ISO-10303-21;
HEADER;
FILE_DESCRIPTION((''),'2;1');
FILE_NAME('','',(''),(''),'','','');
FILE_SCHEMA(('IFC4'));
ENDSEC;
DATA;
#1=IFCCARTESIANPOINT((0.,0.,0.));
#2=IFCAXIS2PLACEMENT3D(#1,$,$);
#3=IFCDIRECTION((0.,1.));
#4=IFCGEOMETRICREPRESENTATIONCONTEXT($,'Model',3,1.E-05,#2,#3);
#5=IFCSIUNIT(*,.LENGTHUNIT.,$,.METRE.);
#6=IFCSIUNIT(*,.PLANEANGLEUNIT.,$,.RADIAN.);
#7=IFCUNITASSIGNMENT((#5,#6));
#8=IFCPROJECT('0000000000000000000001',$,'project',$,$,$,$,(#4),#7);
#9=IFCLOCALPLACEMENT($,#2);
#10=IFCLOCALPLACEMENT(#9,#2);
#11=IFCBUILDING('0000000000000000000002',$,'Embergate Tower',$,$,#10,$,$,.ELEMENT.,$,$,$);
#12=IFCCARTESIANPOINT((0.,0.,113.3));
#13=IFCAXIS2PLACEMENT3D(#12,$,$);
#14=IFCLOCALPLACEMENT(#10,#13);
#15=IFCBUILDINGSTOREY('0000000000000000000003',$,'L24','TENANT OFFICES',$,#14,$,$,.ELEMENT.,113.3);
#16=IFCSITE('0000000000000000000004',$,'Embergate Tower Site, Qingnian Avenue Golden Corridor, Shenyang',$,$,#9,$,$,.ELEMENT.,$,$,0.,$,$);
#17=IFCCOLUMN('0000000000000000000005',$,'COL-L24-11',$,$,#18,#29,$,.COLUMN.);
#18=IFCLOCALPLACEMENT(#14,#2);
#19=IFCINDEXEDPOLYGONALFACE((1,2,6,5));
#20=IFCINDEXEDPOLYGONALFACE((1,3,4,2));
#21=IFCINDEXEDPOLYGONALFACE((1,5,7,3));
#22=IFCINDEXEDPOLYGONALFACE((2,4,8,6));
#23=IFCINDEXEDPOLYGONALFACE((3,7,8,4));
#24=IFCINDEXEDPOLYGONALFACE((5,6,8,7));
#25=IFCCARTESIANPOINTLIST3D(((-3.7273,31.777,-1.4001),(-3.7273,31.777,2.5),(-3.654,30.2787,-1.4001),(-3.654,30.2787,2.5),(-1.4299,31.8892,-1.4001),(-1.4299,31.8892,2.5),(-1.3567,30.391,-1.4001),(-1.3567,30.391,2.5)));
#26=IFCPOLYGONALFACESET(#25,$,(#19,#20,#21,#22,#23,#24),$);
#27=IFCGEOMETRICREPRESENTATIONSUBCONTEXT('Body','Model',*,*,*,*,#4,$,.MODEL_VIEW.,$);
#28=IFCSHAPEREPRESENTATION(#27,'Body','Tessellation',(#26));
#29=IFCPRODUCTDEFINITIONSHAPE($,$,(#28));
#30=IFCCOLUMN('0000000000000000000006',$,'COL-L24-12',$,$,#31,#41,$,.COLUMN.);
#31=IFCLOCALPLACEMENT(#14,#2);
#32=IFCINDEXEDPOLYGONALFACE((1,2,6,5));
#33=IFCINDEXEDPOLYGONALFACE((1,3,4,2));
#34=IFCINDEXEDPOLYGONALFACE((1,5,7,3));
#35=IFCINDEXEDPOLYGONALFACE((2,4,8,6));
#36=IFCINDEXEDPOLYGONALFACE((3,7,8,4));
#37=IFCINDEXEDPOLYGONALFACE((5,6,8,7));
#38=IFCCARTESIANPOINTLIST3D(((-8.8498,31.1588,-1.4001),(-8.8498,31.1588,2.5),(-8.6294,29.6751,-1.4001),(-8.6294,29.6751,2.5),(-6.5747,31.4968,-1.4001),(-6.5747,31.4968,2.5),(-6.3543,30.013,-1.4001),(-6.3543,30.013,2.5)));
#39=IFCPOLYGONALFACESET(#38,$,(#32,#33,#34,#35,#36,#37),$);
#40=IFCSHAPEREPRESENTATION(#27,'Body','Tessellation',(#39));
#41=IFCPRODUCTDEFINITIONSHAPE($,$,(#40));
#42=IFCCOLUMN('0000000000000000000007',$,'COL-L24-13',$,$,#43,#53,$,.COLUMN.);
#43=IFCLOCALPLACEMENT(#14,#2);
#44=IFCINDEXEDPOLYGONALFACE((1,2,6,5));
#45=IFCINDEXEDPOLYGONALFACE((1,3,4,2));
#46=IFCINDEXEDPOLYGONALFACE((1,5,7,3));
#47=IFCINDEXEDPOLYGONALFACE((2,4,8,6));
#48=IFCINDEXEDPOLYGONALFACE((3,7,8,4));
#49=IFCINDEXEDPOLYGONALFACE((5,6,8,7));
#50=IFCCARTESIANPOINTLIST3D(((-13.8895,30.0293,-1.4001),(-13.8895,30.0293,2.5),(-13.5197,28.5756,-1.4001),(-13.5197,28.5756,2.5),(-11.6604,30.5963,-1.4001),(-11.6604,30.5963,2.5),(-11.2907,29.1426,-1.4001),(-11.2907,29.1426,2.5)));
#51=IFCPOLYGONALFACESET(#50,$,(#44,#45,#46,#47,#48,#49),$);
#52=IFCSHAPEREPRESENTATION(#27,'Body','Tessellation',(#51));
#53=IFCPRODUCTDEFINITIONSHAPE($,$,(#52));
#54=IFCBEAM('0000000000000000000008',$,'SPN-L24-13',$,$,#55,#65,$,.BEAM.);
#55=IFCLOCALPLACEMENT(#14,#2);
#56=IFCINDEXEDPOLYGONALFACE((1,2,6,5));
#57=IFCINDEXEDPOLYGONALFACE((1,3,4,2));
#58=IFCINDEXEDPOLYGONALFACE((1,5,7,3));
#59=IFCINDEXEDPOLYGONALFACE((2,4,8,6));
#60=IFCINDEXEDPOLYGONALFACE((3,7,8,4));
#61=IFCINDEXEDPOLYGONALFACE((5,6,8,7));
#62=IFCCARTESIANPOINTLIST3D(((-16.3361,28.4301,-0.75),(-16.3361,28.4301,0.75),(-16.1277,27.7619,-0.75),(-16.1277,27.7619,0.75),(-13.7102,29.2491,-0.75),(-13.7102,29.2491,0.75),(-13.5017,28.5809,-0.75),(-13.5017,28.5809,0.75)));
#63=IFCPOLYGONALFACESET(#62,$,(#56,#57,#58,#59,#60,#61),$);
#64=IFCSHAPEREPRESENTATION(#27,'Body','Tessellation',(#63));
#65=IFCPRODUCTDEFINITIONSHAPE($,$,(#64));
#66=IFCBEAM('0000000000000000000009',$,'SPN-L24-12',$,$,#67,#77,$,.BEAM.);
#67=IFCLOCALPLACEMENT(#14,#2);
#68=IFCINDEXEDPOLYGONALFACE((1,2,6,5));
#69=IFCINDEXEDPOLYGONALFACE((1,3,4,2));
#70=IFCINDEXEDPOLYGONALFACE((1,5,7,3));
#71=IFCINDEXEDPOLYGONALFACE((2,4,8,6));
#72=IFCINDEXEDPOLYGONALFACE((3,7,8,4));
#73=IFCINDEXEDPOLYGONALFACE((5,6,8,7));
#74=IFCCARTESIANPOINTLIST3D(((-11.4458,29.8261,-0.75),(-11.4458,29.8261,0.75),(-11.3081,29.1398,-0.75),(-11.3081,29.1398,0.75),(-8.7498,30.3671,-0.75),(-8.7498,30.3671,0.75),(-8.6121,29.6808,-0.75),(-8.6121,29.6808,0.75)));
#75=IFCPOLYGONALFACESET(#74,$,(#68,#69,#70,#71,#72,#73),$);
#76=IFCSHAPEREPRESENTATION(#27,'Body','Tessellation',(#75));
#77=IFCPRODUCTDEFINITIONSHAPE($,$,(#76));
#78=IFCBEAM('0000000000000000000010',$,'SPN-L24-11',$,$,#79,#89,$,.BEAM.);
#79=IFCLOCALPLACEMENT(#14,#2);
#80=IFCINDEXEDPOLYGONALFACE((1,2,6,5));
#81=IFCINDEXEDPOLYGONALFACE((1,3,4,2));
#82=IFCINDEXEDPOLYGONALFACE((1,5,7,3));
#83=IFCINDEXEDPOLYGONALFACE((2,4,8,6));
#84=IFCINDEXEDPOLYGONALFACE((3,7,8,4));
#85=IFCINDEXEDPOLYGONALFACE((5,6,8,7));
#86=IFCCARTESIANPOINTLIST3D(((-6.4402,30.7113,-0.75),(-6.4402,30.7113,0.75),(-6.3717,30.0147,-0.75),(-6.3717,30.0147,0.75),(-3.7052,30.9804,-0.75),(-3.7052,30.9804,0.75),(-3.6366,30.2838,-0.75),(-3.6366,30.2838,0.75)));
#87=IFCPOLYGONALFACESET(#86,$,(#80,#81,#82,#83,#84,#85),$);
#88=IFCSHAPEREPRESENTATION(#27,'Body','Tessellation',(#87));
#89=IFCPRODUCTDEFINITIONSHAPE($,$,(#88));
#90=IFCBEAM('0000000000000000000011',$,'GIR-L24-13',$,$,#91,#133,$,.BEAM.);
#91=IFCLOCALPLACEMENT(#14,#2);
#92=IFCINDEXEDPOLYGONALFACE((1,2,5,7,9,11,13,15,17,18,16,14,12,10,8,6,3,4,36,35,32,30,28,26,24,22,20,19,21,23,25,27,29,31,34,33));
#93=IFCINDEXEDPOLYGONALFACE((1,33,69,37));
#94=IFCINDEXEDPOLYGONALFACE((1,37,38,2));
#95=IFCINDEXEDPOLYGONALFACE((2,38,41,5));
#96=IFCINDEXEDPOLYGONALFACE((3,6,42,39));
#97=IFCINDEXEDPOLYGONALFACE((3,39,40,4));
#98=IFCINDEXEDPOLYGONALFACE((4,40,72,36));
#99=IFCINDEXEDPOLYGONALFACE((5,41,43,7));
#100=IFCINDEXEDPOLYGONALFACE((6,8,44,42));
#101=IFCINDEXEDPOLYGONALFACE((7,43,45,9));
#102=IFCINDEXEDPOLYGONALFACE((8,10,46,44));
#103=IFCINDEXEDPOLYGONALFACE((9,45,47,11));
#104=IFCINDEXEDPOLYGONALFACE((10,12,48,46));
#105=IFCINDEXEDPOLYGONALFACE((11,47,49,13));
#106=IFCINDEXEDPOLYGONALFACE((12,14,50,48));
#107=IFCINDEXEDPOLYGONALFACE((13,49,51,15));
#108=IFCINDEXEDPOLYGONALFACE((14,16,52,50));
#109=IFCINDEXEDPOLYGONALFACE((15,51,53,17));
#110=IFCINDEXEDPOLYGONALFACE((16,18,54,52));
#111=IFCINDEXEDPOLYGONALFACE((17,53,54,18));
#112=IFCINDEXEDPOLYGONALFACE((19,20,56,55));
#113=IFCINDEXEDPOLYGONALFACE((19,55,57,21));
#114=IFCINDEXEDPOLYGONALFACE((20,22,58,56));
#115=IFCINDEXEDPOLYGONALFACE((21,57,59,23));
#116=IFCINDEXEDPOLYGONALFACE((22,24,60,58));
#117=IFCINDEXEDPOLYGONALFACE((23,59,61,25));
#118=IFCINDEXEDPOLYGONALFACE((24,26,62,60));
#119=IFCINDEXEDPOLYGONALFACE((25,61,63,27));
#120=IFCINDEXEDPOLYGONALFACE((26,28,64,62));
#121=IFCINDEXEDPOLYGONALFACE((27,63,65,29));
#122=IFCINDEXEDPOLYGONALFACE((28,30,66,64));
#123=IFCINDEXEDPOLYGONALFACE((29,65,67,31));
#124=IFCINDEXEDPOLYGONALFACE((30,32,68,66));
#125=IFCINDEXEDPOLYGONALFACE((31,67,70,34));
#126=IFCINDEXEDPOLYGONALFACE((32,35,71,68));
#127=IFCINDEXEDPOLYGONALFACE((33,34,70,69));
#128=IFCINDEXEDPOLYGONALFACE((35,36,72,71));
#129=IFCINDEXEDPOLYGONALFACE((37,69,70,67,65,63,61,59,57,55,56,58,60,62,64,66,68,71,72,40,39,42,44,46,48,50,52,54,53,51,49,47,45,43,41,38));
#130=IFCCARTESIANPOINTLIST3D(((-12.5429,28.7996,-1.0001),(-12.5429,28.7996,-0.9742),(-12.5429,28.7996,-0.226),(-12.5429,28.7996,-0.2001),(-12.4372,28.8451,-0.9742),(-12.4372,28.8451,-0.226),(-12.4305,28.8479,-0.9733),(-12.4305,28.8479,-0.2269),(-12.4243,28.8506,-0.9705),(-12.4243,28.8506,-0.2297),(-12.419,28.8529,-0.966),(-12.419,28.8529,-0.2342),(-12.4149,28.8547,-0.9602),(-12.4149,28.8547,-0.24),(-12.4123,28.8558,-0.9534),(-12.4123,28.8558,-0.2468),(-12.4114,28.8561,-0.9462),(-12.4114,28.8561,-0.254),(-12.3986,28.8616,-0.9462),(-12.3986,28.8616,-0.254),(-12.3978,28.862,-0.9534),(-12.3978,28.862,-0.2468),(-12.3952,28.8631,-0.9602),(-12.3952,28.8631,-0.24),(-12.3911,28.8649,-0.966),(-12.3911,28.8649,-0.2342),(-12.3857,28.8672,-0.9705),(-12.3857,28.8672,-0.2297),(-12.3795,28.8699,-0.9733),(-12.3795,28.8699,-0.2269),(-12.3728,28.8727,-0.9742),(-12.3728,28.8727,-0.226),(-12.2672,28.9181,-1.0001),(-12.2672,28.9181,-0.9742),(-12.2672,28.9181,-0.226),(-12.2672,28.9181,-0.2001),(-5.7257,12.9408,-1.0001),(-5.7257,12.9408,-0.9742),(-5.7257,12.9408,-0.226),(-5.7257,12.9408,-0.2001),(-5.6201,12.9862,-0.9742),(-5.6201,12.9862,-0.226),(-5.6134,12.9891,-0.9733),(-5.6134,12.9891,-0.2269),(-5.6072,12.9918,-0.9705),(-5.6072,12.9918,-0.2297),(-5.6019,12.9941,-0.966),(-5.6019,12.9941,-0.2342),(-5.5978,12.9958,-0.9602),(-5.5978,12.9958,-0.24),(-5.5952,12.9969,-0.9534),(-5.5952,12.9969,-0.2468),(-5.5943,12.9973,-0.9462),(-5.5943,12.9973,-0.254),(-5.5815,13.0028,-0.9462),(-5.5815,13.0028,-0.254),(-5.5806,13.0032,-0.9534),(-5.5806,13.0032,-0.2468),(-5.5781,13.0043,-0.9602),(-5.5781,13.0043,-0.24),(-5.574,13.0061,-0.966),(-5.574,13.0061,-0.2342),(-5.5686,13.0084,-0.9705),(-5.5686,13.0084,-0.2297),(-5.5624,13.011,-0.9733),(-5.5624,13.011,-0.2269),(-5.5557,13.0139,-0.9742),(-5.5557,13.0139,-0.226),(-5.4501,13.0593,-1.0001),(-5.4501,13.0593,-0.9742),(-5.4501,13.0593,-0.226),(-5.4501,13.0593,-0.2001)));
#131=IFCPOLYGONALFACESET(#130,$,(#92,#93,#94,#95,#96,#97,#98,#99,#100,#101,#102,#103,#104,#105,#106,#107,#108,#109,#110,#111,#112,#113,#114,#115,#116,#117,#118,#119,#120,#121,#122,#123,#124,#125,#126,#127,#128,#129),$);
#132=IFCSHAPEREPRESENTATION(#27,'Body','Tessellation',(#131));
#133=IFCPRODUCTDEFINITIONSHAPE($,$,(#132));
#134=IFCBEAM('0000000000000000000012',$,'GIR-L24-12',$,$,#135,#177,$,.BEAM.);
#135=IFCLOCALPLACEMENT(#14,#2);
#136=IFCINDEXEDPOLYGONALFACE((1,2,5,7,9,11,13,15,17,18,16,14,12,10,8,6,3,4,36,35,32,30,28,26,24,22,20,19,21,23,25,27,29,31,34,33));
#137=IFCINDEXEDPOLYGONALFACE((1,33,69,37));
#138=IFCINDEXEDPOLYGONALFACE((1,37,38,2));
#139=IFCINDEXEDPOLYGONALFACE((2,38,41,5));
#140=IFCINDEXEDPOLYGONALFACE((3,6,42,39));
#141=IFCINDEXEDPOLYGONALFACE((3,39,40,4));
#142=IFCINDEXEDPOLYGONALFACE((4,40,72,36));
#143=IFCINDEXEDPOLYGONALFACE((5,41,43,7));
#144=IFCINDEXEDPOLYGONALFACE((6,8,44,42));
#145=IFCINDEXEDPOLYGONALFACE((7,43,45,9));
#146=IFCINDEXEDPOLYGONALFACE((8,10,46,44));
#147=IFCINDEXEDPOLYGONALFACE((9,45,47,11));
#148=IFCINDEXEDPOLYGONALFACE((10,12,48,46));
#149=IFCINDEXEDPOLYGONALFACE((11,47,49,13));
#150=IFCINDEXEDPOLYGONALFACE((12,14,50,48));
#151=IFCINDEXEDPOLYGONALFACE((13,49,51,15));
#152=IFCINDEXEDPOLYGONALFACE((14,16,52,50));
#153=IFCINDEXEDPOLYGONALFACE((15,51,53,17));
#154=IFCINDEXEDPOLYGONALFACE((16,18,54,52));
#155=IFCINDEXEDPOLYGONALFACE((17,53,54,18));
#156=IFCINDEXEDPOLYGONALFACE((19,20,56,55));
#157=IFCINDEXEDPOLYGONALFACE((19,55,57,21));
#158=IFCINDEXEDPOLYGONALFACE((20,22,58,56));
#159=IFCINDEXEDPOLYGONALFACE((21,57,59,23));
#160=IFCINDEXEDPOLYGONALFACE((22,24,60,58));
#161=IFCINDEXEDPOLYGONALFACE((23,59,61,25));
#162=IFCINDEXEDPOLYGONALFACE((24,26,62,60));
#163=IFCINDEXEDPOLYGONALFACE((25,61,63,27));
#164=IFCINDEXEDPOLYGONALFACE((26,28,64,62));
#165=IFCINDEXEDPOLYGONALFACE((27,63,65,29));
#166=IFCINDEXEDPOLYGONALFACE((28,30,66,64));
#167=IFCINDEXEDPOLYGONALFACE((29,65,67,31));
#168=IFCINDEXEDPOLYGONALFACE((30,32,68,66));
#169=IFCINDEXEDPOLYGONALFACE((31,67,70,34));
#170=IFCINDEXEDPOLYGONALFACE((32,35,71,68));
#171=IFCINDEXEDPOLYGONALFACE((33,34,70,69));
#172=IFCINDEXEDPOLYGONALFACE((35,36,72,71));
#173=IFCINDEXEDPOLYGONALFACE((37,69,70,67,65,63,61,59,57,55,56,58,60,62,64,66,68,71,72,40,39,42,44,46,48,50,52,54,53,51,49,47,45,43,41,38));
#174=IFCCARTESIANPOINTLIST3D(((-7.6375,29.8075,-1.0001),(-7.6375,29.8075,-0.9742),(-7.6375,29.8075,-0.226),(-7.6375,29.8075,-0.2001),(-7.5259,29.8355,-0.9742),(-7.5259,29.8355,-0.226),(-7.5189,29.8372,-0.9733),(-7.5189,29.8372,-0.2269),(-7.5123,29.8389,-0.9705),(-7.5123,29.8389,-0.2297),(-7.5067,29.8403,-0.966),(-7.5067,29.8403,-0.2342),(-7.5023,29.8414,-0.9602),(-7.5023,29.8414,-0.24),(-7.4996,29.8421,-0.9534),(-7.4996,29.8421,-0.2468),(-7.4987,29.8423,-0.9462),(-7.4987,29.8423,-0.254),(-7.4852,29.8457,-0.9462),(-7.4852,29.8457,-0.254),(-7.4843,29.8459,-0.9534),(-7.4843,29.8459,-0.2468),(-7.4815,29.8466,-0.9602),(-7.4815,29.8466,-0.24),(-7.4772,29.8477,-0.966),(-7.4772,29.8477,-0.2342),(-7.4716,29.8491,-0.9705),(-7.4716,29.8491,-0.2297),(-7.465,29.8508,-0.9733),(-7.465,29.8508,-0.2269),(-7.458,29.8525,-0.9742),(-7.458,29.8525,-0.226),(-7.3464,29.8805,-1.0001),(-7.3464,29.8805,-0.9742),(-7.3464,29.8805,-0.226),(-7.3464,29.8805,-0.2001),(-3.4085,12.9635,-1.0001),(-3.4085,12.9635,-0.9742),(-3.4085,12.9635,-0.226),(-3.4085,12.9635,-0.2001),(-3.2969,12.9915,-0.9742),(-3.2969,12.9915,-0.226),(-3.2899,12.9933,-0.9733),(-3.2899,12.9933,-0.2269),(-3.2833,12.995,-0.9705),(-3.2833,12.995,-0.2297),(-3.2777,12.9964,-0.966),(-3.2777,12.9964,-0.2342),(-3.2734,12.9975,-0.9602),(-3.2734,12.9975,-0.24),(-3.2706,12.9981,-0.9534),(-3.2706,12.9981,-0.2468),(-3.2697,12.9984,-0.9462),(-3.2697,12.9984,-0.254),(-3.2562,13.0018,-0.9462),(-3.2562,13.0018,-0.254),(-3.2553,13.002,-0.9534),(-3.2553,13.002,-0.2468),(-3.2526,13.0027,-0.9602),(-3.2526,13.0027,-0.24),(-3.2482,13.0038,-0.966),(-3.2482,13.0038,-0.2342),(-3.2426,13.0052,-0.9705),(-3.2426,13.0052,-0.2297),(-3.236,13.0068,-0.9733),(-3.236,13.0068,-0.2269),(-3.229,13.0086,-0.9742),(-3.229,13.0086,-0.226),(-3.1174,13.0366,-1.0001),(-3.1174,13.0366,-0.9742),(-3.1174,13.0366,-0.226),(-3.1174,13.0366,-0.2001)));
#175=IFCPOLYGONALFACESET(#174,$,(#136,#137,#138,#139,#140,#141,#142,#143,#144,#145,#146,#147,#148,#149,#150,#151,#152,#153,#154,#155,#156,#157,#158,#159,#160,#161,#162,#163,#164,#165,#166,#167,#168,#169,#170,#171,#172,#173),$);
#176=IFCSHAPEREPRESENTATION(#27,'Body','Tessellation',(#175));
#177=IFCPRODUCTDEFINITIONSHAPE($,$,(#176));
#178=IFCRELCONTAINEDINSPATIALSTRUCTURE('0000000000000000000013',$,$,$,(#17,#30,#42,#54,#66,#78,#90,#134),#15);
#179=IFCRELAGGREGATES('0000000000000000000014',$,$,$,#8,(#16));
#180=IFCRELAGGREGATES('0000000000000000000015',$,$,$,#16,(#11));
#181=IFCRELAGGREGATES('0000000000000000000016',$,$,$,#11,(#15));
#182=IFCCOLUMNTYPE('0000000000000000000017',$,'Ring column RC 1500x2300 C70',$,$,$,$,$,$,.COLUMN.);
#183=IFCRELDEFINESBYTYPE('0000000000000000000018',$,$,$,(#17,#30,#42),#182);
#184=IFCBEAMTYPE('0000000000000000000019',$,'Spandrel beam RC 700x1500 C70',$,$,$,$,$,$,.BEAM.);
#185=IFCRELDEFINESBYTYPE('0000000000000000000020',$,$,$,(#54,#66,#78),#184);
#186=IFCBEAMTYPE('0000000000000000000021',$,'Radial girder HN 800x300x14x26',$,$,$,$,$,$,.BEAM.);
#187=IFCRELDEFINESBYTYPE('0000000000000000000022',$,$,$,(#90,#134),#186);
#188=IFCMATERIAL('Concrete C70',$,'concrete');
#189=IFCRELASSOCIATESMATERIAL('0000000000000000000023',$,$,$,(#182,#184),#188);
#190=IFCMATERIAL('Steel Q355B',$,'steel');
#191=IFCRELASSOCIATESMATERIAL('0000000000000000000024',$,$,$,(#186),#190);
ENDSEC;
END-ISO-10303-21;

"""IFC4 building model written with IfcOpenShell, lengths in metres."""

from ifc_helpers import new_model, si_unit, direction, frame, origin, origin_2d, place, context, subcontext, project, spatial, rectangle, i_section, extrude, source, transform, mapped, material, material_profile, profile_set, type_object, element, save


model = new_model("IFC4")

# Units and contexts
model_context = context("Model", 3, precision=1e-05, world=origin(), true_north=direction((0.0, 1.0)))
body_context = subcontext(model_context, "Body", "Model", "MODEL_VIEW")
ifc_project = project(units=[si_unit("LENGTHUNIT", "METRE"), si_unit("PLANEANGLEUNIT", "RADIAN")], contexts=[model_context])

# Site, building, storey
site_placement = place(None, origin())
site = spatial("IfcSite", under=ifc_project, at=site_placement, Name="Embergate Tower Site, Qingnian Avenue Golden Corridor, Shenyang", CompositionType="ELEMENT", RefElevation=0.0)
building_placement = place(site_placement, origin())
building = spatial("IfcBuilding", under=site, at=building_placement, Name="Embergate Tower", CompositionType="ELEMENT")
storey_placement = place(building_placement, frame((0.0, 0.0, 113.3)))
storey = spatial("IfcBuildingStorey", under=building, at=storey_placement, Name="L24", Description="TENANT OFFICES", CompositionType="ELEMENT", Elevation=113.3)

# Columns
ifc_material_1 = material(Name="Concrete C70", Category="concrete")
ifc_material_profile_1 = material_profile(ifc_material_1, rectangle(XDim=1.5, YDim=2.3, at=origin_2d()), Name="RC 1500x2300")
ifc_profile_set_1 = profile_set([ifc_material_profile_1], Name="Concrete C70")
column_type = type_object("IfcColumnType", Name="Ring column RC 1500x2300 C70", PredefinedType="COLUMN", material=ifc_profile_set_1)
shared_shape_1 = source(origin(), body_context, "Body", "SweptSolid", [
    extrude(rectangle(XDim=1.5, YDim=2.3, at=origin_2d()), origin(), (0.0, 0.0, 1.0), 3.9001),
])
for number, where, z_axis, x_axis, name in (
    (1, (-2.542, 31.084, -1.4001), (0.0, 0.0, 1.0), (-0.048815, 0.998808, 0.0), "COL-L24-11"),
    (2, (-7.6021, 30.5859, -1.4001), (0.0, 0.0, 1.0), (-0.146929, 0.989147, 0.0), "COL-L24-12"),
    (3, (-12.5901, 29.5859, -1.4001), (0.0, 0.0, 1.0), (-0.246509, 0.969141, 0.0), "COL-L24-13"),
):
    element("IfcColumn", number, at=place(storey_placement, frame(where, z_axis=z_axis, x_axis=x_axis)), inside=storey, type_object=column_type, Name=name, PredefinedType="COLUMN", context=body_context, shape_type="MappedRepresentation", body=[
        mapped(shared_shape_1, transform((0.0, 0.0, 0.0))),
    ])

# Beams
ifc_material_profile_2 = material_profile(ifc_material_1, rectangle(XDim=0.7, YDim=1.5, at=origin_2d()), Name="RC 700x1500")
ifc_profile_set_2 = profile_set([ifc_material_profile_2], Name="Concrete C70")
beam_type_1 = type_object("IfcBeamType", Name="Spandrel beam RC 700x1500 C70", PredefinedType="BEAM", material=ifc_profile_set_2)
shared_shape_2 = source(origin(), body_context, "Body", "SweptSolid", [
    extrude(rectangle(XDim=0.7, YDim=1.5, at=origin_2d()), origin(), (0.0, 0.0, 1.0), 2.7507),
])
beam_1_placement = place(storey_placement, frame((-13.606, 28.915, 0.0), z_axis=(-0.954638, -0.29777, 0.0), x_axis=(0.29777, -0.954638, 0.0)))
element("IfcBeam", 4, at=beam_1_placement, inside=storey, type_object=beam_type_1, Name="SPN-L24-13", PredefinedType="BEAM", context=body_context, shape_type="MappedRepresentation", body=[
    mapped(shared_shape_2, transform((0.0, 0.0, 0.0))),
])
shared_shape_3 = source(origin(), body_context, "Body", "SweptSolid", [
    extrude(rectangle(XDim=0.7, YDim=1.5, at=origin_2d()), origin(), (0.0, 0.0, 1.0), 2.7498),
])
beam_2_placement = place(storey_placement, frame((-8.6809, 30.0239, 0.0), z_axis=(-0.980454, -0.196748, 0.0), x_axis=(0.196748, -0.980454, 0.0)))
element("IfcBeam", 5, at=beam_2_placement, inside=storey, type_object=beam_type_1, Name="SPN-L24-12", PredefinedType="BEAM", context=body_context, shape_type="MappedRepresentation", body=[
    mapped(shared_shape_3, transform((0.0, 0.0, 0.0))),
])
shared_shape_4 = source(origin(), body_context, "Body", "SweptSolid", [
    extrude(rectangle(XDim=0.7, YDim=1.5, at=origin_2d()), origin(), (0.0, 0.0, 1.0), 2.7483),
])
beam_3_placement = place(storey_placement, frame((-3.6709, 30.6321, 0.0), z_axis=(-0.995197, -0.097894, 0.0), x_axis=(0.097894, -0.995197, 0.0)))
element("IfcBeam", 6, at=beam_3_placement, inside=storey, type_object=beam_type_1, Name="SPN-L24-11", PredefinedType="BEAM", context=body_context, shape_type="MappedRepresentation", body=[
    mapped(shared_shape_4, transform((0.0, 0.0, 0.0))),
])
ifc_material_2 = material(Name="Steel Q355B", Category="steel")
ifc_material_profile_3 = material_profile(ifc_material_2, i_section(OverallWidth=0.3, OverallDepth=0.8, WebThickness=0.0139, FlangeThickness=0.0259, FilletRadius=0.0281, at=origin_2d()), Name="HN 800x300x14x26")
ifc_profile_set_3 = profile_set([ifc_material_profile_3], Name="Steel Q355 grade B")
beam_type_2 = type_object("IfcBeamType", Name="Radial girder HN 800x300x14x26", PredefinedType="BEAM", material=ifc_profile_set_3)
shared_shape_5 = source(origin(), body_context, "Body", "SweptSolid", [
    extrude(i_section(OverallWidth=0.3, OverallDepth=0.8, WebThickness=0.0139, FlangeThickness=0.0259, FilletRadius=0.0281, at=origin_2d()), origin(), (0.0, 0.0, 1.0), 17.262),
])
beam_4_placement = place(storey_placement, frame((-12.405, 28.8589, -0.6001), z_axis=(0.394921, -0.918715, 0.0), x_axis=(0.918715, 0.394921, 0.0)))
element("IfcBeam", 7, at=beam_4_placement, inside=storey, type_object=beam_type_2, Name="GIR-L24-13", PredefinedType="BEAM", context=body_context, shape_type="MappedRepresentation", body=[
    mapped(shared_shape_5, transform((0.0, 0.0, 0.0))),
])
shared_shape_6 = source(origin(), body_context, "Body", "SweptSolid", [
    extrude(i_section(OverallWidth=0.3, OverallDepth=0.8, WebThickness=0.0139, FlangeThickness=0.0259, FilletRadius=0.0281, at=origin_2d()), origin(), (0.0, 0.0, 1.0), 17.3667),
])
beam_5_placement = place(storey_placement, frame((-7.4919, 29.844, -0.6001), z_axis=(0.243511, -0.969898, 0.0), x_axis=(0.969898, 0.243511, 0.0)))
element("IfcBeam", 8, at=beam_5_placement, inside=storey, type_object=beam_type_2, Name="GIR-L24-12", PredefinedType="BEAM", context=body_context, shape_type="MappedRepresentation", body=[
    mapped(shared_shape_6, transform((0.0, 0.0, 0.0))),
])

save(model, "model.ifc")
